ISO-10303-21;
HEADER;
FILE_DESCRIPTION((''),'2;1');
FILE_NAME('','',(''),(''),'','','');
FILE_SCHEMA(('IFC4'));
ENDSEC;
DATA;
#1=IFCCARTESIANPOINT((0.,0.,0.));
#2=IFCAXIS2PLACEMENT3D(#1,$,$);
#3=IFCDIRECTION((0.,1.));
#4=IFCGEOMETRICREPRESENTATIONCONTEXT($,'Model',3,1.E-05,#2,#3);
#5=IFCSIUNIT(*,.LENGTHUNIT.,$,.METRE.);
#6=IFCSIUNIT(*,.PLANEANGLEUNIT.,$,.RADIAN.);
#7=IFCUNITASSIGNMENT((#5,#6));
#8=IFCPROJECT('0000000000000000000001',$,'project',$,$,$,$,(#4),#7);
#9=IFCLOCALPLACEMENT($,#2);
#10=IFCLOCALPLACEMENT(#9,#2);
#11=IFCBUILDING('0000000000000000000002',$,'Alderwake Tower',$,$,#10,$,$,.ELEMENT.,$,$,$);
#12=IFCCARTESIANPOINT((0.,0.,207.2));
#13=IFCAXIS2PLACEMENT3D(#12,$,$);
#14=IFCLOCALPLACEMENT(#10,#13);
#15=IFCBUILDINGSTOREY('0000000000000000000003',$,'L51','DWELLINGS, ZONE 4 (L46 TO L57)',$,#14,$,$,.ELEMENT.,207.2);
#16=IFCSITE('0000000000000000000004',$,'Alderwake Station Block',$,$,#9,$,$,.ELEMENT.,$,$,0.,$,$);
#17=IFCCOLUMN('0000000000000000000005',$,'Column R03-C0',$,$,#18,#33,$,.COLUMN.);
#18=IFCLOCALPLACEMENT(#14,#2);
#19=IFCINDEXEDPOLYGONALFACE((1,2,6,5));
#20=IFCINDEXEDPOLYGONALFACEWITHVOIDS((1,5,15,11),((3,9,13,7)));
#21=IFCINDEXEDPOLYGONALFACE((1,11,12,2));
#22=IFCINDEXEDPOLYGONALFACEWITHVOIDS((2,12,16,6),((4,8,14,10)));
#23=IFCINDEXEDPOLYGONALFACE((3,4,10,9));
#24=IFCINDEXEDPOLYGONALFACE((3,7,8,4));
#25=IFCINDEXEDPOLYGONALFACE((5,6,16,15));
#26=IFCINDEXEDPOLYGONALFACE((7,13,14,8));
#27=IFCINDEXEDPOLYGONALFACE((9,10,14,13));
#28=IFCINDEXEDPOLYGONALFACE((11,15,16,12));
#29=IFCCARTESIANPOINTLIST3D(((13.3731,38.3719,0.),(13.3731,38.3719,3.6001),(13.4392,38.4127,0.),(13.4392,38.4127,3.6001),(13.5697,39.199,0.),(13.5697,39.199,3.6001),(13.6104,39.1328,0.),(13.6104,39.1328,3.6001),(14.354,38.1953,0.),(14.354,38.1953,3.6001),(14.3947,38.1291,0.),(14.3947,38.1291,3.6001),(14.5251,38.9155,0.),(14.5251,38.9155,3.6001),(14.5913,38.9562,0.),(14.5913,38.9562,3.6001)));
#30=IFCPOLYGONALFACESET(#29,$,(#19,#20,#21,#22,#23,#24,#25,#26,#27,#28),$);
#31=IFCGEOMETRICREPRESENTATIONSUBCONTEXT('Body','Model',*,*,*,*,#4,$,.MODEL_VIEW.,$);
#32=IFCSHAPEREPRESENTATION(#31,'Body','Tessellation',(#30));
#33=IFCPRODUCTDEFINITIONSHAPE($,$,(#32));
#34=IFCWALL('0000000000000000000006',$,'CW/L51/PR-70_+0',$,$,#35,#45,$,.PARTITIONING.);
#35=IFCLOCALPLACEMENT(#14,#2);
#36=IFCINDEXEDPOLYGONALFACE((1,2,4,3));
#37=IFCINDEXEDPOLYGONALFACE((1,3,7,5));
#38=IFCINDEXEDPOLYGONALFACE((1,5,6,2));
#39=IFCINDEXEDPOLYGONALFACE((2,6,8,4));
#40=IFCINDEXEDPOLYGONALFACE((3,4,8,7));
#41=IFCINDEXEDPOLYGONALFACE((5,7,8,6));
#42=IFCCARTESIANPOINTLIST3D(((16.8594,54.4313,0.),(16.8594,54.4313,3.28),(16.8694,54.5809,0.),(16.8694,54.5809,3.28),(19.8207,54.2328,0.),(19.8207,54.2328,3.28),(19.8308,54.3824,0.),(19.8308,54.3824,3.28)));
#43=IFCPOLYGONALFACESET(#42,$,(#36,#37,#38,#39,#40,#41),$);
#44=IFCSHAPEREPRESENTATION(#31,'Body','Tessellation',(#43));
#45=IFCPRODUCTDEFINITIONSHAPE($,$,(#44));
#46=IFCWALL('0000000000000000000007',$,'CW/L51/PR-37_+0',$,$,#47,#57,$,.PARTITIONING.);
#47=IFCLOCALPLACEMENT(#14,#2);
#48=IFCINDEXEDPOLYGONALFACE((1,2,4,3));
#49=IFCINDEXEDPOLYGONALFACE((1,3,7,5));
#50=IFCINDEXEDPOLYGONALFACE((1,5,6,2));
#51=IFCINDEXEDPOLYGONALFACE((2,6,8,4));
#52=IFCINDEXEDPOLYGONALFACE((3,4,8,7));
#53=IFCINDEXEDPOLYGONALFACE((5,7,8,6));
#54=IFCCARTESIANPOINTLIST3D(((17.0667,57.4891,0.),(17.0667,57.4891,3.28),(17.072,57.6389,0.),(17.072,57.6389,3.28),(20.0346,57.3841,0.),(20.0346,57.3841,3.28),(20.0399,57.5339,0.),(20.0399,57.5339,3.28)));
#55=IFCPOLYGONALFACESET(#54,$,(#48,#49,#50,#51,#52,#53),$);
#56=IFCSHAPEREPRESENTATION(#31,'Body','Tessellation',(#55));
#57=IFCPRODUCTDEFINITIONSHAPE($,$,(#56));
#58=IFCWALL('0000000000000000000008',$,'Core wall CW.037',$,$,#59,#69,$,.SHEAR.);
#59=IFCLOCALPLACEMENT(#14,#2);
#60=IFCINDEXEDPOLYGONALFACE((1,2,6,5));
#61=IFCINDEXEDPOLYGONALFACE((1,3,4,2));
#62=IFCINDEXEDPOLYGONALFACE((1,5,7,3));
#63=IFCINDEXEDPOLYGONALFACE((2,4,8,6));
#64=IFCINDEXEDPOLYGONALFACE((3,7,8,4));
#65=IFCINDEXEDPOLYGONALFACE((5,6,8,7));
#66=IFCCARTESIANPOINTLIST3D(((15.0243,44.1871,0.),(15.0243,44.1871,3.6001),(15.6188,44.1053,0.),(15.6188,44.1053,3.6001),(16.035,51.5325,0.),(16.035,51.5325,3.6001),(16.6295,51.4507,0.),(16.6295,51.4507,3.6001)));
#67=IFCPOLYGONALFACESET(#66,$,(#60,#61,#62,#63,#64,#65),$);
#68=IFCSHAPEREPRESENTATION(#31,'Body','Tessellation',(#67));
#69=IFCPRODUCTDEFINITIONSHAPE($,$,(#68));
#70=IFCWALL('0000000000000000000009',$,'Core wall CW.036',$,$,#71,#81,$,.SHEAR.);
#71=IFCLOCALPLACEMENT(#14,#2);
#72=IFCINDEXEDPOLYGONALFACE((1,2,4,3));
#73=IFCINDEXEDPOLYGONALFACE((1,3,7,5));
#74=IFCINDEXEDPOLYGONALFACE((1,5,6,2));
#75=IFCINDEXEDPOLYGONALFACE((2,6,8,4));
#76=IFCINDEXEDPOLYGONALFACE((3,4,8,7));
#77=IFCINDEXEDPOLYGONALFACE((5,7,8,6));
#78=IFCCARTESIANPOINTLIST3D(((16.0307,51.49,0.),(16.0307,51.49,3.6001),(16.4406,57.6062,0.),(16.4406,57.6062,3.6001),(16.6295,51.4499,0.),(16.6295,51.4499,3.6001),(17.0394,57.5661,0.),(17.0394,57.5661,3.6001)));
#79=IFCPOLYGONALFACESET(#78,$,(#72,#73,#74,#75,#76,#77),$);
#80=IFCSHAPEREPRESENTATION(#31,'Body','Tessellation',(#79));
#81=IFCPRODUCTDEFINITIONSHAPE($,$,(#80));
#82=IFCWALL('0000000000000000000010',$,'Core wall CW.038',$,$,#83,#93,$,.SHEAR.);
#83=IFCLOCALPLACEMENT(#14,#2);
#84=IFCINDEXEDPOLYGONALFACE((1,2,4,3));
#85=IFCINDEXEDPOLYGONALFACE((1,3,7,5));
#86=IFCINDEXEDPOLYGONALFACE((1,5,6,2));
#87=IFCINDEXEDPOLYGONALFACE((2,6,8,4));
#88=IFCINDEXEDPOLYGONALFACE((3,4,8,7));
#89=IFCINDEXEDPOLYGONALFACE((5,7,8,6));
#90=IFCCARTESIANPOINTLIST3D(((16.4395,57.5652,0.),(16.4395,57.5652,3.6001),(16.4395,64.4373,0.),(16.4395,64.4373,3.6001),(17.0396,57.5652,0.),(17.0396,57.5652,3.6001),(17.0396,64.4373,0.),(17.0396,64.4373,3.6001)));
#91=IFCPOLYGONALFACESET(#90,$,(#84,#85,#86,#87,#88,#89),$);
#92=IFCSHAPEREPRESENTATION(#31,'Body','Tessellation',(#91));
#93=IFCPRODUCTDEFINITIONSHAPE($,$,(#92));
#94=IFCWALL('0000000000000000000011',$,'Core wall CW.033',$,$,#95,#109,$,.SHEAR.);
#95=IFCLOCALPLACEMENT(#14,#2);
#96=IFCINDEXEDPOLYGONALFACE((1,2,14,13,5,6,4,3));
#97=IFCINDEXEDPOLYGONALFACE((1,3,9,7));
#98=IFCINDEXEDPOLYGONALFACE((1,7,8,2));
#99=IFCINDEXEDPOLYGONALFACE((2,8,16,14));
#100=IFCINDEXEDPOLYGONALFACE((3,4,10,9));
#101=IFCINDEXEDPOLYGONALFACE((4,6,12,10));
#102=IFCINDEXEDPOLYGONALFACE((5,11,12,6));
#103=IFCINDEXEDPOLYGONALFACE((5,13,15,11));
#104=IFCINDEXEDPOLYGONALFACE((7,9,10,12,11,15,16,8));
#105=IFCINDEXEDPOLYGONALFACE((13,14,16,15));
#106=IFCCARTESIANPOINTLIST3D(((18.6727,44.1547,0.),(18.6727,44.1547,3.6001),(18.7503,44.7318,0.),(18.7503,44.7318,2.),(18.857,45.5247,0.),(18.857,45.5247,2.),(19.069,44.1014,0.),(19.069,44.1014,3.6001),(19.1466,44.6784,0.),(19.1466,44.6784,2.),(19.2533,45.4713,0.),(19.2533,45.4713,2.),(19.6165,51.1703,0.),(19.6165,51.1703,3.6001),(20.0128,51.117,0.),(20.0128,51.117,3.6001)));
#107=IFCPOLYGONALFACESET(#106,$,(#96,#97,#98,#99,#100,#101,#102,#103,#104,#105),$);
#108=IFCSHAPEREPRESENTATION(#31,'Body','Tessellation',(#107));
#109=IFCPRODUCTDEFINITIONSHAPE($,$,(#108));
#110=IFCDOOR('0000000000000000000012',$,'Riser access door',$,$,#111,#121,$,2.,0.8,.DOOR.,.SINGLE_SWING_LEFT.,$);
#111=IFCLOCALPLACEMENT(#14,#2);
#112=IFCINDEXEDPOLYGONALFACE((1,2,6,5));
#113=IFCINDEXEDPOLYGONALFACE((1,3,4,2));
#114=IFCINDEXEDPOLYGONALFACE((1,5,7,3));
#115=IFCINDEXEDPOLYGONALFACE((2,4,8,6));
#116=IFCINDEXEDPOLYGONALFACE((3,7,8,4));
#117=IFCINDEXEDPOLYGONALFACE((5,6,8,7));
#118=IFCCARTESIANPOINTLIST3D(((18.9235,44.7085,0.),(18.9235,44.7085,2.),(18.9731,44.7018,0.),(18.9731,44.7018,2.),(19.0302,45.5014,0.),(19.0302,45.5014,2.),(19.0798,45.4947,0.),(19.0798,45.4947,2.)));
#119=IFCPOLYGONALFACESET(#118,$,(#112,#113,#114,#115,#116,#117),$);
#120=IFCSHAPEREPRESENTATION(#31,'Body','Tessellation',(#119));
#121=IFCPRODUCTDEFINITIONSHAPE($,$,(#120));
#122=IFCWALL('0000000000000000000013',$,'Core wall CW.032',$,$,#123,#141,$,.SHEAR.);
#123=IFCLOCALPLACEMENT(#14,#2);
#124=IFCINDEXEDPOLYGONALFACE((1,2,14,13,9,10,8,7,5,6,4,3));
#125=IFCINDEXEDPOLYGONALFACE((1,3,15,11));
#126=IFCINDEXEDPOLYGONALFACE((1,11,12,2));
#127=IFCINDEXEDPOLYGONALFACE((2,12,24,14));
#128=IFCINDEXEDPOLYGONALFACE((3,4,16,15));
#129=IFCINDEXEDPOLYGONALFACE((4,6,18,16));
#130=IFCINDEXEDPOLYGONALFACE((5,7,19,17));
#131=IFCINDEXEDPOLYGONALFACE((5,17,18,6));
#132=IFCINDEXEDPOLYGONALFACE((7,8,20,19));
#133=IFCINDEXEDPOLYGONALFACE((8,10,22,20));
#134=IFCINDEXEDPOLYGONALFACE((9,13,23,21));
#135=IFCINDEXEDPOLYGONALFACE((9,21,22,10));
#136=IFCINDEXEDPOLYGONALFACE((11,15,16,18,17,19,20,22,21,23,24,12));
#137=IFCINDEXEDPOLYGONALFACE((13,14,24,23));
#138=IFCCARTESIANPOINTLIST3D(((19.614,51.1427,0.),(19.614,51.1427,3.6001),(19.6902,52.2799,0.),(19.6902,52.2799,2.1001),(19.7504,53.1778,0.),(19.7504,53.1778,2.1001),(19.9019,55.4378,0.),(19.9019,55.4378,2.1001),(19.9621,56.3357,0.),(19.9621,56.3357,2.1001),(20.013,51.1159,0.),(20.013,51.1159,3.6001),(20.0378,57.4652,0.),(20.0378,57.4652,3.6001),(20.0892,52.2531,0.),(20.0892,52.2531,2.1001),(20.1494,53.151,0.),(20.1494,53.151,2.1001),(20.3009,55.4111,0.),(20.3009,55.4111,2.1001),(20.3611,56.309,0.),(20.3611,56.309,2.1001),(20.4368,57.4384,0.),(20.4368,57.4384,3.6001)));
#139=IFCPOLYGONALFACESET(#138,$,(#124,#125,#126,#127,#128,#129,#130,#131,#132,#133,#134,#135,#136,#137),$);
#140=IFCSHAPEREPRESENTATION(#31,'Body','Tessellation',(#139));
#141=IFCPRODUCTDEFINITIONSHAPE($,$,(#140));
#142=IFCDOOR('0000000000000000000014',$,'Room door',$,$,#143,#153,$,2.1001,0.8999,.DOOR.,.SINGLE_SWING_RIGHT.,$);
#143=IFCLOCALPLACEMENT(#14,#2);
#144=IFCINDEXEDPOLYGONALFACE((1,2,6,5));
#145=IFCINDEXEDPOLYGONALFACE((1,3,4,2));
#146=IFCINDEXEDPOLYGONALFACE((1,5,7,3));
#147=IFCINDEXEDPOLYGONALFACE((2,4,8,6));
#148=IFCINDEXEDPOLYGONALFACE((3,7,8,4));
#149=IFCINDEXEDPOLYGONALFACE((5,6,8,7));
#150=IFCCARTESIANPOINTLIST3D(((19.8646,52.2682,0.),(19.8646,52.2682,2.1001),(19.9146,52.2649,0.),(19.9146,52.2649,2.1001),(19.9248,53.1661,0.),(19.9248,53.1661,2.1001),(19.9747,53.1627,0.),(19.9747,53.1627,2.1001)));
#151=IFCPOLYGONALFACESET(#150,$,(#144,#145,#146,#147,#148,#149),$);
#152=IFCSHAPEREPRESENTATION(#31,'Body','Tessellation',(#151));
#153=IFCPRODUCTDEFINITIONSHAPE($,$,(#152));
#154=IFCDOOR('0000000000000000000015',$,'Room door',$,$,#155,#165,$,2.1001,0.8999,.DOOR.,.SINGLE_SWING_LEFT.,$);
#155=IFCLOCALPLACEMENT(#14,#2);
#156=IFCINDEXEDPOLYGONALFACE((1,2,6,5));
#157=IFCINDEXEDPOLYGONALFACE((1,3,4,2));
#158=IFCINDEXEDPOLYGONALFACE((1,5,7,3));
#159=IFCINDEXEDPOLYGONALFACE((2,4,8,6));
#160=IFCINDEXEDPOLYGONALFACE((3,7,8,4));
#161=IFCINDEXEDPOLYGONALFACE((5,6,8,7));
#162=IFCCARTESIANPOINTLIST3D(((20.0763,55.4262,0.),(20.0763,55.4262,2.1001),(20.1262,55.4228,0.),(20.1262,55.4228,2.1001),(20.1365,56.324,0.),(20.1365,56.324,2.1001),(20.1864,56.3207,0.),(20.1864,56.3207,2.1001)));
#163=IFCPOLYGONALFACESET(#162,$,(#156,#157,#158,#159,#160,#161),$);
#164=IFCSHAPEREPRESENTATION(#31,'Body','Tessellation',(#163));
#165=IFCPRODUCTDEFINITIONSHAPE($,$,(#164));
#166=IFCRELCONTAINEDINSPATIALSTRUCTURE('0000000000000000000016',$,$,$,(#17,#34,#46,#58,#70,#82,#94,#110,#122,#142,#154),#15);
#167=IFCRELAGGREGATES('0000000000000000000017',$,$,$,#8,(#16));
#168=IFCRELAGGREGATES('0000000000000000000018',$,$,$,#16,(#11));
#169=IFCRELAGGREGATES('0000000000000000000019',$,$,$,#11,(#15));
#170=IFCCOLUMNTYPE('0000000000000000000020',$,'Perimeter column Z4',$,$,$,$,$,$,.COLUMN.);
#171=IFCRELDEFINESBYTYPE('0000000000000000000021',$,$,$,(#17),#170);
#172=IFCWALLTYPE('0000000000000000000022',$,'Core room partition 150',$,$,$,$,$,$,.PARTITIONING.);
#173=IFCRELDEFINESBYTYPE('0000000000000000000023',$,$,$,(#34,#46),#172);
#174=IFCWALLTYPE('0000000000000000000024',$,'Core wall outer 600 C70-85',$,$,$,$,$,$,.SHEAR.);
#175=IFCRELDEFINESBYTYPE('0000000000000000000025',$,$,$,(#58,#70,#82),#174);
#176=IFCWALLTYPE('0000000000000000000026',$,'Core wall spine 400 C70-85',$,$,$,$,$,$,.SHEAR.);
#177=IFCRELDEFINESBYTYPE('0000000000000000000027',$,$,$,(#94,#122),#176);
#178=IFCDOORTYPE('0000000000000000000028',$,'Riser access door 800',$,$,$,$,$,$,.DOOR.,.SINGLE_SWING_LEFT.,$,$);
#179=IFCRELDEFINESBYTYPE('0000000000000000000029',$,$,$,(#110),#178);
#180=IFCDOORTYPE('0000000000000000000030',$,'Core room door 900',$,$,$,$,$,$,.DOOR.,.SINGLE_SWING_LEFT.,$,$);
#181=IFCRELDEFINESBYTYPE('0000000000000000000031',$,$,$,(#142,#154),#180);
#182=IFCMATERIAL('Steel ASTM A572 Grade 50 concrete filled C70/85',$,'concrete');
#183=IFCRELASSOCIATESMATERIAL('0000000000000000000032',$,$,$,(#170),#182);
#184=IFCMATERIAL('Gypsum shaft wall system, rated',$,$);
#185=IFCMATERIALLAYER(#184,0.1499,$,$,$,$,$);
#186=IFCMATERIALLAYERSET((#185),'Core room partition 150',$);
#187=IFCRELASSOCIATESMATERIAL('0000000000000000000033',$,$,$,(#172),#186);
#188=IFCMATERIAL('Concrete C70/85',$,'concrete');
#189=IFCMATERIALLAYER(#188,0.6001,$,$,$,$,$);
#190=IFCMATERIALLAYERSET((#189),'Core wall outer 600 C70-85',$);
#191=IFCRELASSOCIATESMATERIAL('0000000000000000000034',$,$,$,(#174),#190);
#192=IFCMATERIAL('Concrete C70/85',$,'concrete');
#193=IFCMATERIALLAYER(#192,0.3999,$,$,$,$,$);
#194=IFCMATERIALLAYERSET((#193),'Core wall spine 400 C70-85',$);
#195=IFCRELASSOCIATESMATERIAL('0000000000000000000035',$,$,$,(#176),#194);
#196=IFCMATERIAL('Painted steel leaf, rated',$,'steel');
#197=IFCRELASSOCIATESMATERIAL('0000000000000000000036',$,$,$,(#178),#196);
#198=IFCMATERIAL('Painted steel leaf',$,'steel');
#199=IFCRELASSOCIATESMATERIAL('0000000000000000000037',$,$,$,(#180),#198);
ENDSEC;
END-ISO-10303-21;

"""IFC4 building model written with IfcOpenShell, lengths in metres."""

from ifc_helpers import new_model, si_unit, direction, frame, frame_2d, origin, origin_2d, place, context, subcontext, project, spatial, rectangle, hollow_rectangle, extrude, material, layer, layer_set, material_profile, profile_set, type_object, element, fill, save


model = new_model("IFC4")

# Units and contexts
model_context = context("Model", 3, precision=1e-05, world=origin(), true_north=direction((0.0, 1.0)))
body_context = subcontext(model_context, "Body", "Model", "MODEL_VIEW")
ifc_project = project(units=[si_unit("LENGTHUNIT", "METRE"), si_unit("PLANEANGLEUNIT", "RADIAN")], contexts=[model_context])

# Site, building, storey
site_placement = place(None, origin())
site = spatial("IfcSite", under=ifc_project, at=site_placement, Name="Alderwake Station Block", CompositionType="ELEMENT", RefElevation=0.0)
building_placement = place(site_placement, origin())
building = spatial("IfcBuilding", under=site, at=building_placement, Name="Alderwake Tower", CompositionType="ELEMENT")
storey_placement = place(building_placement, frame((0.0, 0.0, 207.2)))
storey = spatial("IfcBuildingStorey", under=building, at=storey_placement, Name="L51", Description="DWELLINGS, ZONE 4 (L46 TO L57)", CompositionType="ELEMENT", Elevation=207.2)

# Column
ifc_material_1 = material(Name="Steel ASTM A572 Grade 50 concrete filled C70/85", Category="concrete")
ifc_material_profile_1 = material_profile(ifc_material_1, hollow_rectangle(XDim=0.8501, YDim=1.05, WallThickness=0.0549, at=origin_2d()), Name="BOX 1050X850X55")
ifc_profile_set_1 = profile_set([ifc_material_profile_1], Name="Steel ASTM A572 Grade 50 concrete filled C70/85")
column_type = type_object("IfcColumnType", Name="Perimeter column Z4", PredefinedType="COLUMN", material=ifc_profile_set_1)
column_placement = place(storey_placement, frame((13.9822, 38.6641, 0.0), z_axis=(0.0, 0.0, 1.0), x_axis=(0.231222, 0.972901, 0.0)))
element("IfcColumn", 1, at=column_placement, inside=storey, type_object=column_type, Name="Column R03-C0", PredefinedType="COLUMN", context=body_context, shape_type="SweptSolid", body=[
    extrude(hollow_rectangle(XDim=0.8501, YDim=1.05, WallThickness=0.0549, at=origin_2d()), origin(), (0.0, 0.0, 1.0), 3.6001),
])

# Walls
ifc_material_2 = material(Name="Gypsum shaft wall system, rated")
ifc_layer_1 = layer(ifc_material_2, 0.1499)
ifc_layer_set_1 = layer_set([ifc_layer_1], Name="Core room partition 150")
wall_type_1 = type_object("IfcWallType", Name="Core room partition 150", PredefinedType="PARTITIONING", material=ifc_layer_set_1)
wall_1_placement = place(storey_placement, frame((16.8645, 54.5061, 0.0), z_axis=(0.0, 0.0, 1.0), x_axis=(0.997761, -0.066874, 0.0)))
element("IfcWall", 2, at=wall_1_placement, inside=storey, type_object=wall_type_1, Name="CW/L51/PR-70_+0", PredefinedType="PARTITIONING", context=body_context, shape_type="SweptSolid", body=[
    extrude(rectangle(XDim=2.968, YDim=0.1499, at=frame_2d((1.4839, 0.0))), origin(), (0.0, 0.0, 1.0), 3.28),
])
wall_2_placement = place(storey_placement, frame((17.0693, 57.564, 0.0), z_axis=(0.0, 0.0, 1.0), x_axis=(0.999375, -0.035351, 0.0)))
element("IfcWall", 3, at=wall_2_placement, inside=storey, type_object=wall_type_1, Name="CW/L51/PR-37_+0", PredefinedType="PARTITIONING", context=body_context, shape_type="SweptSolid", body=[
    extrude(rectangle(XDim=2.9697, YDim=0.1499, at=frame_2d((1.4849, 0.0))), origin(), (0.0, 0.0, 1.0), 3.28),
])
ifc_material_3 = material(Name="Concrete C70/85", Category="concrete")
ifc_layer_2 = layer(ifc_material_3, 0.6001)
ifc_layer_set_2 = layer_set([ifc_layer_2], Name="Core wall outer 600 C70-85")
wall_type_2 = type_object("IfcWallType", Name="Core wall outer 600 C70-85", PredefinedType="SHEAR", material=ifc_layer_set_2)
wall_3_placement = place(storey_placement, frame((15.3215, 44.1462, 0.0), z_axis=(0.0, 0.0, 1.0), x_axis=(0.136316, 0.990665, 0.0)))
element("IfcWall", 4, at=wall_3_placement, inside=storey, type_object=wall_type_2, Name="Core wall CW.037", PredefinedType="SHEAR", context=body_context, shape_type="SweptSolid", body=[
    extrude(rectangle(XDim=7.4146, YDim=0.6001, at=frame_2d((3.7073, 0.0))), origin(), (0.0, 0.0, 1.0), 3.6001),
])
wall_4_placement = place(storey_placement, frame((16.3301, 51.47, 0.0), z_axis=(0.0, 0.0, 1.0), x_axis=(0.066871, 0.997762, 0.0)))
element("IfcWall", 5, at=wall_4_placement, inside=storey, type_object=wall_type_2, Name="Core wall CW.036", PredefinedType="SHEAR", context=body_context, shape_type="SweptSolid", body=[
    extrude(rectangle(XDim=6.1299, YDim=0.6001, at=frame_2d((3.0649, 0.0))), origin(), (0.0, 0.0, 1.0), 3.6001),
])
wall_5_placement = place(storey_placement, frame((16.7395, 57.5652, 0.0), z_axis=(0.0, 0.0, 1.0), x_axis=(0.0, 1.0, 0.0)))
element("IfcWall", 6, at=wall_5_placement, inside=storey, type_object=wall_type_2, Name="Core wall CW.038", PredefinedType="SHEAR", context=body_context, shape_type="SweptSolid", body=[
    extrude(rectangle(XDim=6.8721, YDim=0.6001, at=frame_2d((3.436, 0.0))), origin(), (0.0, 0.0, 1.0), 3.6001),
])

# Wall, opening, door
ifc_material_4 = material(Name="Concrete C70/85", Category="concrete")
ifc_layer_3 = layer(ifc_material_4, 0.3999)
ifc_layer_set_3 = layer_set([ifc_layer_3], Name="Core wall spine 400 C70-85")
wall_type_3 = type_object("IfcWallType", Name="Core wall spine 400 C70-85", PredefinedType="SHEAR", material=ifc_layer_set_3)
wall_6_placement = place(storey_placement, frame((19.8147, 51.1438, 0.0), z_axis=(0.0, 0.0, 1.0), x_axis=(-0.133334, -0.991071, 0.0)))
wall_6 = element("IfcWall", 7, at=wall_6_placement, inside=storey, type_object=wall_type_3, Name="Core wall CW.033", PredefinedType="SHEAR", context=body_context, shape_type="SweptSolid", body=[
    extrude(rectangle(XDim=7.0789, YDim=0.3999, at=frame_2d((3.5396, 0.0))), origin(), (0.0, 0.0, 1.0), 3.6001),
])
opening_1_placement = place(wall_6_placement, frame((5.6968, 0.0, 0.0)))
opening_1 = element("IfcOpeningElement", 8, at=opening_1_placement, cuts=wall_6, PredefinedType="OPENING", context=body_context, shape_type="SweptSolid", body=[
    extrude(rectangle(XDim=0.8, YDim=2.0, at=frame_2d((0.3999, 1.0))), frame((0.0, 0.21, 0.0), z_axis=(0.0, -1.0, 0.0), x_axis=(1.0, 0.0, 0.0)), (0.0, 0.0, 1.0), 0.4199),
])
ifc_material_5 = material(Name="Painted steel leaf, rated", Category="steel")
door_type_1 = type_object("IfcDoorType", Name="Riser access door 800", OperationType="SINGLE_SWING_LEFT", PredefinedType="DOOR", material=ifc_material_5)
door_1_placement = place(opening_1_placement, origin())
door_1 = element("IfcDoor", 9, at=door_1_placement, inside=storey, type_object=door_type_1, Name="Riser access door", OperationType="SINGLE_SWING_LEFT", OverallHeight=2.0, OverallWidth=0.8, PredefinedType="DOOR", context=body_context, shape_type="SweptSolid", body=[
    extrude(rectangle(XDim=0.8, YDim=2.0, at=frame_2d((0.3999, 1.0))), frame((0.0, 0.0249, 0.0), z_axis=(0.0, -1.0, 0.0), x_axis=(1.0, 0.0, 0.0)), (0.0, 0.0, 1.0), 0.05),
])
fill(opening_1, door_1)

# Wall, openings, doors
wall_7_placement = place(storey_placement, frame((20.2373, 57.4519, 0.0), z_axis=(0.0, 0.0, 1.0), x_axis=(-0.066885, -0.997761, 0.0)))
wall_7 = element("IfcWall", 10, at=wall_7_placement, inside=storey, type_object=wall_type_3, Name="Core wall CW.032", PredefinedType="SHEAR", context=body_context, shape_type="SweptSolid", body=[
    extrude(rectangle(XDim=6.3367, YDim=0.3999, at=frame_2d((3.1685, 0.0))), origin(), (0.0, 0.0, 1.0), 3.6001),
])
opening_2_placement = place(wall_7_placement, frame((4.2971, 0.0, 0.0)))
opening_2 = element("IfcOpeningElement", 11, at=opening_2_placement, cuts=wall_7, PredefinedType="OPENING", context=body_context, shape_type="SweptSolid", body=[
    extrude(rectangle(XDim=0.8999, YDim=2.1001, at=frame_2d((0.45, 1.05))), frame((0.0, 0.21, 0.0), z_axis=(0.0, -1.0, 0.0), x_axis=(1.0, 0.0, 0.0)), (0.0, 0.0, 1.0), 0.4199),
])
opening_3_placement = place(wall_7_placement, frame((1.1321, 0.0, 0.0)))
opening_3 = element("IfcOpeningElement", 12, at=opening_3_placement, cuts=wall_7, PredefinedType="OPENING", context=body_context, shape_type="SweptSolid", body=[
    extrude(rectangle(XDim=0.8999, YDim=2.1001, at=frame_2d((0.45, 1.05))), frame((0.0, 0.21, 0.0), z_axis=(0.0, -1.0, 0.0), x_axis=(1.0, 0.0, 0.0)), (0.0, 0.0, 1.0), 0.4199),
])
ifc_material_6 = material(Name="Painted steel leaf", Category="steel")
door_type_2 = type_object("IfcDoorType", Name="Core room door 900", OperationType="SINGLE_SWING_LEFT", PredefinedType="DOOR", material=ifc_material_6)
door_2_placement = place(opening_2_placement, origin())
door_2 = element("IfcDoor", 13, at=door_2_placement, inside=storey, type_object=door_type_2, Name="Room door", OperationType="SINGLE_SWING_RIGHT", OverallHeight=2.1001, OverallWidth=0.8999, PredefinedType="DOOR", context=body_context, shape_type="SweptSolid", body=[
    extrude(rectangle(XDim=0.8999, YDim=2.1001, at=frame_2d((0.45, 1.05))), frame((0.0, 0.0249, 0.0), z_axis=(0.0, -1.0, 0.0), x_axis=(1.0, 0.0, 0.0)), (0.0, 0.0, 1.0), 0.05),
])
fill(opening_2, door_2)
door_3_placement = place(opening_3_placement, origin())
door_3 = element("IfcDoor", 14, at=door_3_placement, inside=storey, type_object=door_type_2, Name="Room door", OperationType="SINGLE_SWING_LEFT", OverallHeight=2.1001, OverallWidth=0.8999, PredefinedType="DOOR", context=body_context, shape_type="SweptSolid", body=[
    extrude(rectangle(XDim=0.8999, YDim=2.1001, at=frame_2d((0.45, 1.05))), frame((0.0, 0.0249, 0.0), z_axis=(0.0, -1.0, 0.0), x_axis=(1.0, 0.0, 0.0)), (0.0, 0.0, 1.0), 0.05),
])
fill(opening_3, door_3)

save(model, "model.ifc")
